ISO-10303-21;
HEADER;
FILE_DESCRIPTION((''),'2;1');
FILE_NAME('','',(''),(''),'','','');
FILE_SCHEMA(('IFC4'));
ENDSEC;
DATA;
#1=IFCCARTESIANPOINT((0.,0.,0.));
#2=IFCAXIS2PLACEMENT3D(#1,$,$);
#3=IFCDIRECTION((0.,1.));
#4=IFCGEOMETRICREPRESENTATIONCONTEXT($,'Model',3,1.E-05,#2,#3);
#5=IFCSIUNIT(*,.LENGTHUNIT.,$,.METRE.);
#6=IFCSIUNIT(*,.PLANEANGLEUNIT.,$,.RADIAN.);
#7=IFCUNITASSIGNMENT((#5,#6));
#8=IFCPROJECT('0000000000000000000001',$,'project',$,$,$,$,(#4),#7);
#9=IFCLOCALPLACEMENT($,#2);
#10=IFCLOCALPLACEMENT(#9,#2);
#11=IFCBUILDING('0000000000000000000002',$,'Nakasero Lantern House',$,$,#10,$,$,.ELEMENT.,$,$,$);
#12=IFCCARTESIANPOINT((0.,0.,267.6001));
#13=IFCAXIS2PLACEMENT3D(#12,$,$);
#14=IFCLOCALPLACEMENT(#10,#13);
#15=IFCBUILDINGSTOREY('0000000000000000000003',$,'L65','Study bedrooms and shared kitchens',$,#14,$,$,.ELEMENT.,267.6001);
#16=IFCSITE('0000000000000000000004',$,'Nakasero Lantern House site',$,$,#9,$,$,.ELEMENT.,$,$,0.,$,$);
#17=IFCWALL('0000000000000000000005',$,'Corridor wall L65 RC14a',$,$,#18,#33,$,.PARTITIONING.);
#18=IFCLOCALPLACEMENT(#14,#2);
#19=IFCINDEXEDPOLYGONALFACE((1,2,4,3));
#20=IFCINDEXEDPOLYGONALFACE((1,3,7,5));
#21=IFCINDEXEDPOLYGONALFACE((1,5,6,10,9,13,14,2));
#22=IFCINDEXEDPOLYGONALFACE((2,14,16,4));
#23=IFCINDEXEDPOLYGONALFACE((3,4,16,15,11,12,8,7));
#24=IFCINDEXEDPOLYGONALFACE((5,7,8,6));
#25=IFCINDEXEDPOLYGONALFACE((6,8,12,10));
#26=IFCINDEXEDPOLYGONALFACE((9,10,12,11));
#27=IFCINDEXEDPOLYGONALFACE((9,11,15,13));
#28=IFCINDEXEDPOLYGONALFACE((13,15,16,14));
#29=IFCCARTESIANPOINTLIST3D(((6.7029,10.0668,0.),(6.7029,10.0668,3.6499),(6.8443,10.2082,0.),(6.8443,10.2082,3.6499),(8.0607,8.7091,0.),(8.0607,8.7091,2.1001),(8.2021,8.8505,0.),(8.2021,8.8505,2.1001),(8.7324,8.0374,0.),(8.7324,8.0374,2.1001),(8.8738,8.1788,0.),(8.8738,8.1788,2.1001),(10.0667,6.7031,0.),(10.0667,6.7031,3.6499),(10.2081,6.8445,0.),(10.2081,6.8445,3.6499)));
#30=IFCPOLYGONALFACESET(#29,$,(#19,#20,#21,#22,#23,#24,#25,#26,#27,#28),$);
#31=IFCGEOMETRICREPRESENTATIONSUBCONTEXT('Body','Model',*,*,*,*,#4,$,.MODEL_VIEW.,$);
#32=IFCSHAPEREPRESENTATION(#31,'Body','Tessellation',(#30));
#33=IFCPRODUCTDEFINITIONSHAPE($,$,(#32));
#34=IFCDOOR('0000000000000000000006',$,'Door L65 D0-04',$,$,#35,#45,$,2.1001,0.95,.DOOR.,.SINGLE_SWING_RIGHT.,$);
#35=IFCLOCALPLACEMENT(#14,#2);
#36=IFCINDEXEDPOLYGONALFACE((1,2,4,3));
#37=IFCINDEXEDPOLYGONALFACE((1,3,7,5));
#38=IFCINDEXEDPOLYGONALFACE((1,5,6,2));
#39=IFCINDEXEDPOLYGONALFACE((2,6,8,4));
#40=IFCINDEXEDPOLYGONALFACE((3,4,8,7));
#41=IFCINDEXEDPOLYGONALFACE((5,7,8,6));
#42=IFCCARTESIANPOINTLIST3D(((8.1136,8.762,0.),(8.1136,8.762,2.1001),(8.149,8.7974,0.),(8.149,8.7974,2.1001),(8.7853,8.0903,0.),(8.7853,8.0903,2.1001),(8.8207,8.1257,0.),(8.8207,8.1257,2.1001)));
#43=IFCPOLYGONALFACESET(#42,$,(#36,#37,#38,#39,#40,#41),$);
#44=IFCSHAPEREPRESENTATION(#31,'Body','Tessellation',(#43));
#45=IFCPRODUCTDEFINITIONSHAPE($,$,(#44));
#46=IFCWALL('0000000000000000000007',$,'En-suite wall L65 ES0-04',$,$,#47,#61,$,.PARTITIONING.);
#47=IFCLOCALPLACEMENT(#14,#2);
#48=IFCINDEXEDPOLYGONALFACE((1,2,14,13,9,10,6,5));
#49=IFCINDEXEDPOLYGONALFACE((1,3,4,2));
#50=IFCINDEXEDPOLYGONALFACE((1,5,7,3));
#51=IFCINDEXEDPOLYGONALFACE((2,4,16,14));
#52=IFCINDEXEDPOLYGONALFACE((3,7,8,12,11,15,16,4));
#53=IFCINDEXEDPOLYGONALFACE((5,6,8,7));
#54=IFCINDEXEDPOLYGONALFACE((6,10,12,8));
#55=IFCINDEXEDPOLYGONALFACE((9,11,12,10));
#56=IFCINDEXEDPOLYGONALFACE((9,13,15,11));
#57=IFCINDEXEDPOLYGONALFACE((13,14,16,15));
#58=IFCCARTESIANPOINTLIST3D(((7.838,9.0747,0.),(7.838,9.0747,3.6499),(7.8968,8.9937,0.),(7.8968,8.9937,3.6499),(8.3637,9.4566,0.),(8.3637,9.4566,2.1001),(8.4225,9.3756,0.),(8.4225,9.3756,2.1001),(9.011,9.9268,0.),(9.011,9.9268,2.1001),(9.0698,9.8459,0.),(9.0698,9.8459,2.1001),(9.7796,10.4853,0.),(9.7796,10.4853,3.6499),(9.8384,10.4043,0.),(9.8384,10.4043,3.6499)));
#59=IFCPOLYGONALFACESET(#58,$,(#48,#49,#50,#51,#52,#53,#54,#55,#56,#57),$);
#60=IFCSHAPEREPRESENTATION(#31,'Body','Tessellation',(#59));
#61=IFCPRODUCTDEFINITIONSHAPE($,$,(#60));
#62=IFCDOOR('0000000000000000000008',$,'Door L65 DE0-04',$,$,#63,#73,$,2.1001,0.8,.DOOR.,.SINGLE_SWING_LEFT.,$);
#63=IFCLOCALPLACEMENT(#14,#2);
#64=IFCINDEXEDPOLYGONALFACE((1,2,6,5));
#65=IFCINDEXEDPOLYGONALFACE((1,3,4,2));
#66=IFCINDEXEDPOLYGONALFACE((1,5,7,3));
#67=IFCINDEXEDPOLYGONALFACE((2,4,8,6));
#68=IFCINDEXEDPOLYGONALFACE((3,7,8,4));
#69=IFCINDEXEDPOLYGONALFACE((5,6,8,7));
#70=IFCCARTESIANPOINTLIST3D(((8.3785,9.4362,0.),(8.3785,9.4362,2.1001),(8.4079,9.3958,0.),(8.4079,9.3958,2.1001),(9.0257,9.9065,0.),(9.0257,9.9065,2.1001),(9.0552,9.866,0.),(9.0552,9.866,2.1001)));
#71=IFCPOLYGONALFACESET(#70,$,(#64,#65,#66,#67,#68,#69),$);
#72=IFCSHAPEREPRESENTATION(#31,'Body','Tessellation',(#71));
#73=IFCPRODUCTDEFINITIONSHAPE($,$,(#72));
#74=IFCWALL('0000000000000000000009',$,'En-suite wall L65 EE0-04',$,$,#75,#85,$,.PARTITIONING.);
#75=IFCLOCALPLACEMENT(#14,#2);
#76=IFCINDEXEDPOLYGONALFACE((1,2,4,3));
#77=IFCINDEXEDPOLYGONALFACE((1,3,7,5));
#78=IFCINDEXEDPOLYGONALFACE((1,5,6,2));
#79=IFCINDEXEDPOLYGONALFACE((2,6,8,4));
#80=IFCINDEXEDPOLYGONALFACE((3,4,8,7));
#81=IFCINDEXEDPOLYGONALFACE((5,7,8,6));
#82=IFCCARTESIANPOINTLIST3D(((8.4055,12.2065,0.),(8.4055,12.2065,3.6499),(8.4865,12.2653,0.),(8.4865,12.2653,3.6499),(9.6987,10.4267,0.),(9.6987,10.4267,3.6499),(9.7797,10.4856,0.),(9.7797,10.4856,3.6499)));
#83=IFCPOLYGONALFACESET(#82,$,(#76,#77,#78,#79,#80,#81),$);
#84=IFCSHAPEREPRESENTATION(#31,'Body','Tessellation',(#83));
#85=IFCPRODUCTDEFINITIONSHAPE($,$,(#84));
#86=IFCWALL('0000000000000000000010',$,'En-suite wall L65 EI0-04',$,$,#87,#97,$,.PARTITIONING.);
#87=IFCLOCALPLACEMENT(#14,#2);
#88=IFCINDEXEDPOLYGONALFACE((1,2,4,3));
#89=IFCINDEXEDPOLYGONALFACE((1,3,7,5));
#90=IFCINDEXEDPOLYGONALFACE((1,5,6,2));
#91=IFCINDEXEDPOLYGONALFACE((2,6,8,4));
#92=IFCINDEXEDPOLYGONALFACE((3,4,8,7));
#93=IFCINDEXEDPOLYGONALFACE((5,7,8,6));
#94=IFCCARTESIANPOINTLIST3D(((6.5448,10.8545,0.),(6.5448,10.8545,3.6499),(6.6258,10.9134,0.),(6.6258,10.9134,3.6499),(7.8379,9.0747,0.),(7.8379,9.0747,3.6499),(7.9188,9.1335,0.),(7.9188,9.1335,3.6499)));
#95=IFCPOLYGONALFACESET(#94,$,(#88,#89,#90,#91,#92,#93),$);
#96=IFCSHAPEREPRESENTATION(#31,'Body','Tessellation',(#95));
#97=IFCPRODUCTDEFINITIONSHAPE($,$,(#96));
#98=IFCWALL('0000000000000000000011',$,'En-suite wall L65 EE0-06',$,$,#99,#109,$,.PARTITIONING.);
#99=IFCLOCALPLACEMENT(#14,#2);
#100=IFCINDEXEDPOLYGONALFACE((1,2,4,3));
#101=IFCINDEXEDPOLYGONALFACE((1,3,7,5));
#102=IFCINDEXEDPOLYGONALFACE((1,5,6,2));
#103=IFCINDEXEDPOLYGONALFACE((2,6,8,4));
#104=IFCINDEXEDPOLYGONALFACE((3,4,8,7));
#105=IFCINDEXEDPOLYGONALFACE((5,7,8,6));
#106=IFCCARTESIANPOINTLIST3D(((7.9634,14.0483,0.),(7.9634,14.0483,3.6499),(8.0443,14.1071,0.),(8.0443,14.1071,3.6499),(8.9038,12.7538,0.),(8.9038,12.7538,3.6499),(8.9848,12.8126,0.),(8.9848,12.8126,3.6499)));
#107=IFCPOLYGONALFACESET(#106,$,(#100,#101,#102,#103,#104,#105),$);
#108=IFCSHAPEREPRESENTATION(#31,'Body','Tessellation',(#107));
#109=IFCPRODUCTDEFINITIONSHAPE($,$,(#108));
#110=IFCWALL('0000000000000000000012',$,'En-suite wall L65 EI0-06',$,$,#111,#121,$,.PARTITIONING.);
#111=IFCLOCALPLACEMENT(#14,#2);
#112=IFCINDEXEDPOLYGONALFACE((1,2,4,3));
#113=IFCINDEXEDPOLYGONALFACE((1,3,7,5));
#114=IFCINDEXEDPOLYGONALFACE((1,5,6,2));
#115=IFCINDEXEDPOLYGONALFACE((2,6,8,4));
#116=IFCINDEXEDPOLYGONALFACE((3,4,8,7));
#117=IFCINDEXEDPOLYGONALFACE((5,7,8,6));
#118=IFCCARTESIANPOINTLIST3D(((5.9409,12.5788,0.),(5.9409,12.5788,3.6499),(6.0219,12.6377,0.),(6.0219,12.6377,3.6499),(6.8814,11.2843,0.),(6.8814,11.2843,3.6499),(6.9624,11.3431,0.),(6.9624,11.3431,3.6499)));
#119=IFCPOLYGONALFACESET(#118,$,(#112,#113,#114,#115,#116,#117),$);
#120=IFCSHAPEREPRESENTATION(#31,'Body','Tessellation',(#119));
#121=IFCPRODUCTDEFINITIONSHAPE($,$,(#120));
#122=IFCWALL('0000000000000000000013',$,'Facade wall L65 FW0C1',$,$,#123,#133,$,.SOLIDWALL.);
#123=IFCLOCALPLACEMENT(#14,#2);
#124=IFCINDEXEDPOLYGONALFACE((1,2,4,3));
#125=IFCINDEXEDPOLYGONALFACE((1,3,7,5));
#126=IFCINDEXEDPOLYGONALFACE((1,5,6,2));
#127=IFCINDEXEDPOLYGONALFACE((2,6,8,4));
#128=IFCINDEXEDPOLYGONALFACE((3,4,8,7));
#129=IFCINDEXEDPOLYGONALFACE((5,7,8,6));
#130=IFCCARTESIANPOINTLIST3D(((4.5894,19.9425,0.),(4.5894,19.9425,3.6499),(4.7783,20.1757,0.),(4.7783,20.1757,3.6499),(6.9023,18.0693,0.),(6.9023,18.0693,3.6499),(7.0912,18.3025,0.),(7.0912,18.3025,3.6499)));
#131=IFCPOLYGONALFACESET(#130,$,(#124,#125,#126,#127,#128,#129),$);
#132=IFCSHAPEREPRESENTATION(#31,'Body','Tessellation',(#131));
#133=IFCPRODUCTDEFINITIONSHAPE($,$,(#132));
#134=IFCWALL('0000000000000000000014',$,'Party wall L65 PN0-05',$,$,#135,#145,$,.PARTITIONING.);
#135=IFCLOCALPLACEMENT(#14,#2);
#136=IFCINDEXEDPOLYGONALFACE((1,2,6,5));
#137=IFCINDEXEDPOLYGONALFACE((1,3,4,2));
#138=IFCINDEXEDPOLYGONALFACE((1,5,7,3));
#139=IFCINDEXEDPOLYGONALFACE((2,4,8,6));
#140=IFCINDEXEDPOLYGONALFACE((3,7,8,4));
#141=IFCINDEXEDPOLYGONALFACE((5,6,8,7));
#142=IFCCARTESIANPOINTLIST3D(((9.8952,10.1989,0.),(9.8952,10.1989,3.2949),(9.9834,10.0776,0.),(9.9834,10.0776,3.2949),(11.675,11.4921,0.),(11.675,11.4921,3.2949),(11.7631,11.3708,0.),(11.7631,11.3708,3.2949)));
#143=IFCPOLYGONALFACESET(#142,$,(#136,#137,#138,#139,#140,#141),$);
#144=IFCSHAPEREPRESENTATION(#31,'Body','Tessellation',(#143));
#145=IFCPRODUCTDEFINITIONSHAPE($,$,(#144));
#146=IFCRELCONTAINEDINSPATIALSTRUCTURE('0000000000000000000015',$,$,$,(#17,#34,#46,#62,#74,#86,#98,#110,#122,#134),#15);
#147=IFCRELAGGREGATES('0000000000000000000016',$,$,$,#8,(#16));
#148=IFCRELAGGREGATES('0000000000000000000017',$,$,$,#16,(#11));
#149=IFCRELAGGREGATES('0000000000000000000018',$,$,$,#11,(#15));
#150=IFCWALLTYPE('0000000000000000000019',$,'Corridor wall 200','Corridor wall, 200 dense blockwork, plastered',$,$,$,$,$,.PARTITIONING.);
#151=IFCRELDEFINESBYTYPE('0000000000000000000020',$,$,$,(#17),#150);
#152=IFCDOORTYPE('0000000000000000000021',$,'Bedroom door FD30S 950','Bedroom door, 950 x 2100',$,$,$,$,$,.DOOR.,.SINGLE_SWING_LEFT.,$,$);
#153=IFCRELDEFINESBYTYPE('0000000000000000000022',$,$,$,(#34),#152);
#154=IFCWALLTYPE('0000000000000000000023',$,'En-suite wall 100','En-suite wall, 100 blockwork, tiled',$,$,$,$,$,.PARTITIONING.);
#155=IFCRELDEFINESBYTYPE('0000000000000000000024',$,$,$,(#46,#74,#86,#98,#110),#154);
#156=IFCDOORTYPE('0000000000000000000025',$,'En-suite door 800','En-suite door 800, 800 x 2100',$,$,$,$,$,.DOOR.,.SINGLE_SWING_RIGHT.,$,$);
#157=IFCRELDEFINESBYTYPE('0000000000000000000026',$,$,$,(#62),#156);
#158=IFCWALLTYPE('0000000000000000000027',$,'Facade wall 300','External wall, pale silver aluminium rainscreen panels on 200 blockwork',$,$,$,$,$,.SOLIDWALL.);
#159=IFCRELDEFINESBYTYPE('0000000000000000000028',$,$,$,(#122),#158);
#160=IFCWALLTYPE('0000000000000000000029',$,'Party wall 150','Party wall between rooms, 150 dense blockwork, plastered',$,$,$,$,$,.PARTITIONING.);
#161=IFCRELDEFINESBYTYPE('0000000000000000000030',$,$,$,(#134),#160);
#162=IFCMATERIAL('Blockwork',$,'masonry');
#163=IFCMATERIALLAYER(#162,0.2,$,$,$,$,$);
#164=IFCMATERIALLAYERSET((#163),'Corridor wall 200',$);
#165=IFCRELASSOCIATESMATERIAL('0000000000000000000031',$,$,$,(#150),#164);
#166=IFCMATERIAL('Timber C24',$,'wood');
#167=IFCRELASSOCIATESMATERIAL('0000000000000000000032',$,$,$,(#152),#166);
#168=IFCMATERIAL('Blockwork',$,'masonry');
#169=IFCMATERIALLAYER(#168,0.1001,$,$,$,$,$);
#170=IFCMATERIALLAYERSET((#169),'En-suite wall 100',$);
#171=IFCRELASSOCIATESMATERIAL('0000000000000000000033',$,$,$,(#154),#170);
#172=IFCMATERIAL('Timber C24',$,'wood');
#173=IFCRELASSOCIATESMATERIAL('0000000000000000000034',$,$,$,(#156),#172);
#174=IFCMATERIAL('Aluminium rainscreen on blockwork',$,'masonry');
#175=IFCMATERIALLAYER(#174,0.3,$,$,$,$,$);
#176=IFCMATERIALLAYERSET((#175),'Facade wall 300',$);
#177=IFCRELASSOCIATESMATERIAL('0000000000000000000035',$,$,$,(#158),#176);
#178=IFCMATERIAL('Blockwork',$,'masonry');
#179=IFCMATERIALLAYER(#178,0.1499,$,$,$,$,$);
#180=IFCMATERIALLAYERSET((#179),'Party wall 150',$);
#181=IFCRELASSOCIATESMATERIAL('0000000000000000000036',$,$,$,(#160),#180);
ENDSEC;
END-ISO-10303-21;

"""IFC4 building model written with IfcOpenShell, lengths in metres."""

from ifc_helpers import new_model, si_unit, direction, frame, frame_2d, origin, place, context, subcontext, project, spatial, rectangle, extrude, material, layer, layer_set, type_object, element, fill, save


model = new_model("IFC4")

# Units and contexts
model_context = context("Model", 3, precision=1e-05, world=origin(), true_north=direction((0.0, 1.0)))
body_context = subcontext(model_context, "Body", "Model", "MODEL_VIEW")
ifc_project = project(units=[si_unit("LENGTHUNIT", "METRE"), si_unit("PLANEANGLEUNIT", "RADIAN")], contexts=[model_context])

# Site, building, storey
site_placement = place(None, origin())
site = spatial("IfcSite", under=ifc_project, at=site_placement, Name="Nakasero Lantern House site", CompositionType="ELEMENT", RefElevation=0.0)
building_placement = place(site_placement, origin())
building = spatial("IfcBuilding", under=site, at=building_placement, Name="Nakasero Lantern House", CompositionType="ELEMENT")
storey_placement = place(building_placement, frame((0.0, 0.0, 267.6001)))
storey = spatial("IfcBuildingStorey", under=building, at=storey_placement, Name="L65", Description="Study bedrooms and shared kitchens", CompositionType="ELEMENT", Elevation=267.6001)

# Walls, openings, doors
ifc_material_1 = material(Name="Blockwork", Category="masonry")
ifc_layer_1 = layer(ifc_material_1, 0.2)
ifc_layer_set_1 = layer_set([ifc_layer_1], Name="Corridor wall 200")
wall_type_1 = type_object("IfcWallType", Name="Corridor wall 200", Description="Corridor wall, 200 dense blockwork, plastered", PredefinedType="PARTITIONING", material=ifc_layer_set_1)
wall_1_placement = place(storey_placement, frame((6.7737, 10.1375, 0.0), z_axis=(0.0, 0.0, 1.0), x_axis=(0.707107, -0.707107, 0.0)))
wall_1 = element("IfcWall", 1, at=wall_1_placement, inside=storey, type_object=wall_type_1, Name="Corridor wall L65 RC14a", PredefinedType="PARTITIONING", context=body_context, shape_type="SweptSolid", body=[
    extrude(rectangle(XDim=4.7571, YDim=0.2, at=frame_2d((2.3784, 0.0))), origin(), (0.0, 0.0, 1.0), 3.6499),
])
opening_1_placement = place(wall_1_placement, frame((1.9199, 0.0, 0.0)))
opening_1 = element("IfcOpeningElement", 2, at=opening_1_placement, cuts=wall_1, PredefinedType="OPENING", context=body_context, shape_type="SweptSolid", body=[
    extrude(rectangle(XDim=0.95, YDim=2.1001, at=frame_2d((0.4751, 1.05))), frame((0.0, 0.1199, 0.0), z_axis=(0.0, -1.0, 0.0), x_axis=(1.0, 0.0, 0.0)), (0.0, 0.0, 1.0), 0.24),
])
ifc_material_2 = material(Name="Timber C24", Category="wood")
door_type_1 = type_object("IfcDoorType", Name="Bedroom door FD30S 950", Description="Bedroom door, 950 x 2100", OperationType="SINGLE_SWING_LEFT", PredefinedType="DOOR", material=ifc_material_2)
door_1_placement = place(opening_1_placement, origin())
door_1 = element("IfcDoor", 3, at=door_1_placement, inside=storey, type_object=door_type_1, Name="Door L65 D0-04", OperationType="SINGLE_SWING_RIGHT", OverallHeight=2.1001, OverallWidth=0.95, PredefinedType="DOOR", context=body_context, shape_type="SweptSolid", body=[
    extrude(rectangle(XDim=0.95, YDim=2.1001, at=frame_2d((0.4751, 1.05))), frame((0.0, 0.0249, 0.0), z_axis=(0.0, -1.0, 0.0), x_axis=(1.0, 0.0, 0.0)), (0.0, 0.0, 1.0), 0.05),
])
fill(opening_1, door_1)
ifc_material_3 = material(Name="Blockwork", Category="masonry")
ifc_layer_2 = layer(ifc_material_3, 0.1001)
ifc_layer_set_2 = layer_set([ifc_layer_2], Name="En-suite wall 100")
wall_type_2 = type_object("IfcWallType", Name="En-suite wall 100", Description="En-suite wall, 100 blockwork, tiled", PredefinedType="PARTITIONING", material=ifc_layer_set_2)
wall_2_placement = place(storey_placement, frame((7.8674, 9.0342, 0.0), z_axis=(0.0, 0.0, 1.0), x_axis=(0.809026, 0.587772, 0.0)))
wall_2 = element("IfcWall", 4, at=wall_2_placement, inside=storey, type_object=wall_type_2, Name="En-suite wall L65 ES0-04", PredefinedType="PARTITIONING", context=body_context, shape_type="SweptSolid", body=[
    extrude(rectangle(XDim=2.3999, YDim=0.1001, at=frame_2d((1.2, 0.0))), origin(), (0.0, 0.0, 1.0), 3.6499),
])
opening_2_placement = place(wall_2_placement, frame((0.6499, 0.0, 0.0)))
opening_2 = element("IfcOpeningElement", 5, at=opening_2_placement, cuts=wall_2, PredefinedType="OPENING", context=body_context, shape_type="SweptSolid", body=[
    extrude(rectangle(XDim=0.8, YDim=2.1001, at=frame_2d((0.3999, 1.05))), frame((0.0, 0.0701, 0.0), z_axis=(0.0, -1.0, 0.0), x_axis=(1.0, 0.0, 0.0)), (0.0, 0.0, 1.0), 0.1401),
])
ifc_material_4 = material(Name="Timber C24", Category="wood")
door_type_2 = type_object("IfcDoorType", Name="En-suite door 800", Description="En-suite door 800, 800 x 2100", OperationType="SINGLE_SWING_RIGHT", PredefinedType="DOOR", material=ifc_material_4)
door_2_placement = place(opening_2_placement, origin())
door_2 = element("IfcDoor", 6, at=door_2_placement, inside=storey, type_object=door_type_2, Name="Door L65 DE0-04", OperationType="SINGLE_SWING_LEFT", OverallHeight=2.1001, OverallWidth=0.8, PredefinedType="DOOR", context=body_context, shape_type="SweptSolid", body=[
    extrude(rectangle(XDim=0.8, YDim=2.1001, at=frame_2d((0.3999, 1.05))), frame((0.0, 0.0249, 0.0), z_axis=(0.0, -1.0, 0.0), x_axis=(1.0, 0.0, 0.0)), (0.0, 0.0, 1.0), 0.05),
])
fill(opening_2, door_2)

# Walls
for number, where, z_axis, x_axis, name in (
    (7, (9.7393, 10.4561, 0.0), (0.0, 0.0, 1.0), (-0.587822, 0.80899, 0.0), "En-suite wall L65 EE0-04"),
    (8, (7.8784, 9.104, 0.0), (0.0, 0.0, 1.0), (-0.587749, 0.809043, 0.0), "En-suite wall L65 EI0-04"),
):
    element("IfcWall", number, at=place(storey_placement, frame(where, z_axis=z_axis, x_axis=x_axis)), inside=storey, type_object=wall_type_2, Name=name, PredefinedType="PARTITIONING", context=body_context, shape_type="SweptSolid", body=[
        extrude(rectangle(XDim=2.2, YDim=0.1001, at=frame_2d((1.1001, 0.0))), origin(), (0.0, 0.0, 1.0), 3.6499),
    ])
for number, where, z_axis, x_axis, name in (
    (9, (8.9443, 12.7832, 0.0), (0.0, 0.0, 1.0), (-0.587772, 0.809026, 0.0), "En-suite wall L65 EE0-06"),
    (10, (6.9219, 11.3137, 0.0), (0.0, 0.0, 1.0), (-0.587772, 0.809026, 0.0), "En-suite wall L65 EI0-06"),
):
    element("IfcWall", number, at=place(storey_placement, frame(where, z_axis=z_axis, x_axis=x_axis)), inside=storey, type_object=wall_type_2, Name=name, PredefinedType="PARTITIONING", context=body_context, shape_type="SweptSolid", body=[
        extrude(rectangle(XDim=1.6001, YDim=0.1001, at=frame_2d((0.8, 0.0))), origin(), (0.0, 0.0, 1.0), 3.6499),
    ])
ifc_material_5 = material(Name="Aluminium rainscreen on blockwork", Category="masonry")
ifc_layer_3 = layer(ifc_material_5, 0.3)
ifc_layer_set_3 = layer_set([ifc_layer_3], Name="Facade wall 300")
wall_type_3 = type_object("IfcWallType", Name="Facade wall 300", Description="External wall, pale silver aluminium rainscreen panels on 200 blockwork", PredefinedType="SOLIDWALL", material=ifc_layer_set_3)
wall_3_placement = place(storey_placement, frame((6.9968, 18.1858, 0.0), z_axis=(0.0, 0.0, 1.0), x_axis=(-0.777102, 0.629375, 0.0)))
element("IfcWall", 11, at=wall_3_placement, inside=storey, type_object=wall_type_3, Name="Facade wall L65 FW0C1", PredefinedType="SOLIDWALL", context=body_context, shape_type="SweptSolid", body=[
    extrude(rectangle(XDim=2.9763, YDim=0.3, at=frame_2d((1.4883, 0.0))), origin(), (0.0, 0.0, 1.0), 3.6499),
])
ifc_material_6 = material(Name="Blockwork", Category="masonry")
ifc_layer_4 = layer(ifc_material_6, 0.1499)
ifc_layer_set_4 = layer_set([ifc_layer_4], Name="Party wall 150")
wall_type_4 = type_object("IfcWallType", Name="Party wall 150", Description="Party wall between rooms, 150 dense blockwork, plastered", PredefinedType="PARTITIONING", material=ifc_layer_set_4)
wall_4_placement = place(storey_placement, frame((9.9392, 10.1382, 0.0), z_axis=(0.0, 0.0, 1.0), x_axis=(0.80899, 0.587822, 0.0)))
element("IfcWall", 12, at=wall_4_placement, inside=storey, type_object=wall_type_4, Name="Party wall L65 PN0-05", PredefinedType="PARTITIONING", context=body_context, shape_type="SweptSolid", body=[
    extrude(rectangle(XDim=2.2, YDim=0.1499, at=frame_2d((1.1001, 0.0))), origin(), (0.0, 0.0, 1.0), 3.2949),
])

save(model, "model.ifc")
